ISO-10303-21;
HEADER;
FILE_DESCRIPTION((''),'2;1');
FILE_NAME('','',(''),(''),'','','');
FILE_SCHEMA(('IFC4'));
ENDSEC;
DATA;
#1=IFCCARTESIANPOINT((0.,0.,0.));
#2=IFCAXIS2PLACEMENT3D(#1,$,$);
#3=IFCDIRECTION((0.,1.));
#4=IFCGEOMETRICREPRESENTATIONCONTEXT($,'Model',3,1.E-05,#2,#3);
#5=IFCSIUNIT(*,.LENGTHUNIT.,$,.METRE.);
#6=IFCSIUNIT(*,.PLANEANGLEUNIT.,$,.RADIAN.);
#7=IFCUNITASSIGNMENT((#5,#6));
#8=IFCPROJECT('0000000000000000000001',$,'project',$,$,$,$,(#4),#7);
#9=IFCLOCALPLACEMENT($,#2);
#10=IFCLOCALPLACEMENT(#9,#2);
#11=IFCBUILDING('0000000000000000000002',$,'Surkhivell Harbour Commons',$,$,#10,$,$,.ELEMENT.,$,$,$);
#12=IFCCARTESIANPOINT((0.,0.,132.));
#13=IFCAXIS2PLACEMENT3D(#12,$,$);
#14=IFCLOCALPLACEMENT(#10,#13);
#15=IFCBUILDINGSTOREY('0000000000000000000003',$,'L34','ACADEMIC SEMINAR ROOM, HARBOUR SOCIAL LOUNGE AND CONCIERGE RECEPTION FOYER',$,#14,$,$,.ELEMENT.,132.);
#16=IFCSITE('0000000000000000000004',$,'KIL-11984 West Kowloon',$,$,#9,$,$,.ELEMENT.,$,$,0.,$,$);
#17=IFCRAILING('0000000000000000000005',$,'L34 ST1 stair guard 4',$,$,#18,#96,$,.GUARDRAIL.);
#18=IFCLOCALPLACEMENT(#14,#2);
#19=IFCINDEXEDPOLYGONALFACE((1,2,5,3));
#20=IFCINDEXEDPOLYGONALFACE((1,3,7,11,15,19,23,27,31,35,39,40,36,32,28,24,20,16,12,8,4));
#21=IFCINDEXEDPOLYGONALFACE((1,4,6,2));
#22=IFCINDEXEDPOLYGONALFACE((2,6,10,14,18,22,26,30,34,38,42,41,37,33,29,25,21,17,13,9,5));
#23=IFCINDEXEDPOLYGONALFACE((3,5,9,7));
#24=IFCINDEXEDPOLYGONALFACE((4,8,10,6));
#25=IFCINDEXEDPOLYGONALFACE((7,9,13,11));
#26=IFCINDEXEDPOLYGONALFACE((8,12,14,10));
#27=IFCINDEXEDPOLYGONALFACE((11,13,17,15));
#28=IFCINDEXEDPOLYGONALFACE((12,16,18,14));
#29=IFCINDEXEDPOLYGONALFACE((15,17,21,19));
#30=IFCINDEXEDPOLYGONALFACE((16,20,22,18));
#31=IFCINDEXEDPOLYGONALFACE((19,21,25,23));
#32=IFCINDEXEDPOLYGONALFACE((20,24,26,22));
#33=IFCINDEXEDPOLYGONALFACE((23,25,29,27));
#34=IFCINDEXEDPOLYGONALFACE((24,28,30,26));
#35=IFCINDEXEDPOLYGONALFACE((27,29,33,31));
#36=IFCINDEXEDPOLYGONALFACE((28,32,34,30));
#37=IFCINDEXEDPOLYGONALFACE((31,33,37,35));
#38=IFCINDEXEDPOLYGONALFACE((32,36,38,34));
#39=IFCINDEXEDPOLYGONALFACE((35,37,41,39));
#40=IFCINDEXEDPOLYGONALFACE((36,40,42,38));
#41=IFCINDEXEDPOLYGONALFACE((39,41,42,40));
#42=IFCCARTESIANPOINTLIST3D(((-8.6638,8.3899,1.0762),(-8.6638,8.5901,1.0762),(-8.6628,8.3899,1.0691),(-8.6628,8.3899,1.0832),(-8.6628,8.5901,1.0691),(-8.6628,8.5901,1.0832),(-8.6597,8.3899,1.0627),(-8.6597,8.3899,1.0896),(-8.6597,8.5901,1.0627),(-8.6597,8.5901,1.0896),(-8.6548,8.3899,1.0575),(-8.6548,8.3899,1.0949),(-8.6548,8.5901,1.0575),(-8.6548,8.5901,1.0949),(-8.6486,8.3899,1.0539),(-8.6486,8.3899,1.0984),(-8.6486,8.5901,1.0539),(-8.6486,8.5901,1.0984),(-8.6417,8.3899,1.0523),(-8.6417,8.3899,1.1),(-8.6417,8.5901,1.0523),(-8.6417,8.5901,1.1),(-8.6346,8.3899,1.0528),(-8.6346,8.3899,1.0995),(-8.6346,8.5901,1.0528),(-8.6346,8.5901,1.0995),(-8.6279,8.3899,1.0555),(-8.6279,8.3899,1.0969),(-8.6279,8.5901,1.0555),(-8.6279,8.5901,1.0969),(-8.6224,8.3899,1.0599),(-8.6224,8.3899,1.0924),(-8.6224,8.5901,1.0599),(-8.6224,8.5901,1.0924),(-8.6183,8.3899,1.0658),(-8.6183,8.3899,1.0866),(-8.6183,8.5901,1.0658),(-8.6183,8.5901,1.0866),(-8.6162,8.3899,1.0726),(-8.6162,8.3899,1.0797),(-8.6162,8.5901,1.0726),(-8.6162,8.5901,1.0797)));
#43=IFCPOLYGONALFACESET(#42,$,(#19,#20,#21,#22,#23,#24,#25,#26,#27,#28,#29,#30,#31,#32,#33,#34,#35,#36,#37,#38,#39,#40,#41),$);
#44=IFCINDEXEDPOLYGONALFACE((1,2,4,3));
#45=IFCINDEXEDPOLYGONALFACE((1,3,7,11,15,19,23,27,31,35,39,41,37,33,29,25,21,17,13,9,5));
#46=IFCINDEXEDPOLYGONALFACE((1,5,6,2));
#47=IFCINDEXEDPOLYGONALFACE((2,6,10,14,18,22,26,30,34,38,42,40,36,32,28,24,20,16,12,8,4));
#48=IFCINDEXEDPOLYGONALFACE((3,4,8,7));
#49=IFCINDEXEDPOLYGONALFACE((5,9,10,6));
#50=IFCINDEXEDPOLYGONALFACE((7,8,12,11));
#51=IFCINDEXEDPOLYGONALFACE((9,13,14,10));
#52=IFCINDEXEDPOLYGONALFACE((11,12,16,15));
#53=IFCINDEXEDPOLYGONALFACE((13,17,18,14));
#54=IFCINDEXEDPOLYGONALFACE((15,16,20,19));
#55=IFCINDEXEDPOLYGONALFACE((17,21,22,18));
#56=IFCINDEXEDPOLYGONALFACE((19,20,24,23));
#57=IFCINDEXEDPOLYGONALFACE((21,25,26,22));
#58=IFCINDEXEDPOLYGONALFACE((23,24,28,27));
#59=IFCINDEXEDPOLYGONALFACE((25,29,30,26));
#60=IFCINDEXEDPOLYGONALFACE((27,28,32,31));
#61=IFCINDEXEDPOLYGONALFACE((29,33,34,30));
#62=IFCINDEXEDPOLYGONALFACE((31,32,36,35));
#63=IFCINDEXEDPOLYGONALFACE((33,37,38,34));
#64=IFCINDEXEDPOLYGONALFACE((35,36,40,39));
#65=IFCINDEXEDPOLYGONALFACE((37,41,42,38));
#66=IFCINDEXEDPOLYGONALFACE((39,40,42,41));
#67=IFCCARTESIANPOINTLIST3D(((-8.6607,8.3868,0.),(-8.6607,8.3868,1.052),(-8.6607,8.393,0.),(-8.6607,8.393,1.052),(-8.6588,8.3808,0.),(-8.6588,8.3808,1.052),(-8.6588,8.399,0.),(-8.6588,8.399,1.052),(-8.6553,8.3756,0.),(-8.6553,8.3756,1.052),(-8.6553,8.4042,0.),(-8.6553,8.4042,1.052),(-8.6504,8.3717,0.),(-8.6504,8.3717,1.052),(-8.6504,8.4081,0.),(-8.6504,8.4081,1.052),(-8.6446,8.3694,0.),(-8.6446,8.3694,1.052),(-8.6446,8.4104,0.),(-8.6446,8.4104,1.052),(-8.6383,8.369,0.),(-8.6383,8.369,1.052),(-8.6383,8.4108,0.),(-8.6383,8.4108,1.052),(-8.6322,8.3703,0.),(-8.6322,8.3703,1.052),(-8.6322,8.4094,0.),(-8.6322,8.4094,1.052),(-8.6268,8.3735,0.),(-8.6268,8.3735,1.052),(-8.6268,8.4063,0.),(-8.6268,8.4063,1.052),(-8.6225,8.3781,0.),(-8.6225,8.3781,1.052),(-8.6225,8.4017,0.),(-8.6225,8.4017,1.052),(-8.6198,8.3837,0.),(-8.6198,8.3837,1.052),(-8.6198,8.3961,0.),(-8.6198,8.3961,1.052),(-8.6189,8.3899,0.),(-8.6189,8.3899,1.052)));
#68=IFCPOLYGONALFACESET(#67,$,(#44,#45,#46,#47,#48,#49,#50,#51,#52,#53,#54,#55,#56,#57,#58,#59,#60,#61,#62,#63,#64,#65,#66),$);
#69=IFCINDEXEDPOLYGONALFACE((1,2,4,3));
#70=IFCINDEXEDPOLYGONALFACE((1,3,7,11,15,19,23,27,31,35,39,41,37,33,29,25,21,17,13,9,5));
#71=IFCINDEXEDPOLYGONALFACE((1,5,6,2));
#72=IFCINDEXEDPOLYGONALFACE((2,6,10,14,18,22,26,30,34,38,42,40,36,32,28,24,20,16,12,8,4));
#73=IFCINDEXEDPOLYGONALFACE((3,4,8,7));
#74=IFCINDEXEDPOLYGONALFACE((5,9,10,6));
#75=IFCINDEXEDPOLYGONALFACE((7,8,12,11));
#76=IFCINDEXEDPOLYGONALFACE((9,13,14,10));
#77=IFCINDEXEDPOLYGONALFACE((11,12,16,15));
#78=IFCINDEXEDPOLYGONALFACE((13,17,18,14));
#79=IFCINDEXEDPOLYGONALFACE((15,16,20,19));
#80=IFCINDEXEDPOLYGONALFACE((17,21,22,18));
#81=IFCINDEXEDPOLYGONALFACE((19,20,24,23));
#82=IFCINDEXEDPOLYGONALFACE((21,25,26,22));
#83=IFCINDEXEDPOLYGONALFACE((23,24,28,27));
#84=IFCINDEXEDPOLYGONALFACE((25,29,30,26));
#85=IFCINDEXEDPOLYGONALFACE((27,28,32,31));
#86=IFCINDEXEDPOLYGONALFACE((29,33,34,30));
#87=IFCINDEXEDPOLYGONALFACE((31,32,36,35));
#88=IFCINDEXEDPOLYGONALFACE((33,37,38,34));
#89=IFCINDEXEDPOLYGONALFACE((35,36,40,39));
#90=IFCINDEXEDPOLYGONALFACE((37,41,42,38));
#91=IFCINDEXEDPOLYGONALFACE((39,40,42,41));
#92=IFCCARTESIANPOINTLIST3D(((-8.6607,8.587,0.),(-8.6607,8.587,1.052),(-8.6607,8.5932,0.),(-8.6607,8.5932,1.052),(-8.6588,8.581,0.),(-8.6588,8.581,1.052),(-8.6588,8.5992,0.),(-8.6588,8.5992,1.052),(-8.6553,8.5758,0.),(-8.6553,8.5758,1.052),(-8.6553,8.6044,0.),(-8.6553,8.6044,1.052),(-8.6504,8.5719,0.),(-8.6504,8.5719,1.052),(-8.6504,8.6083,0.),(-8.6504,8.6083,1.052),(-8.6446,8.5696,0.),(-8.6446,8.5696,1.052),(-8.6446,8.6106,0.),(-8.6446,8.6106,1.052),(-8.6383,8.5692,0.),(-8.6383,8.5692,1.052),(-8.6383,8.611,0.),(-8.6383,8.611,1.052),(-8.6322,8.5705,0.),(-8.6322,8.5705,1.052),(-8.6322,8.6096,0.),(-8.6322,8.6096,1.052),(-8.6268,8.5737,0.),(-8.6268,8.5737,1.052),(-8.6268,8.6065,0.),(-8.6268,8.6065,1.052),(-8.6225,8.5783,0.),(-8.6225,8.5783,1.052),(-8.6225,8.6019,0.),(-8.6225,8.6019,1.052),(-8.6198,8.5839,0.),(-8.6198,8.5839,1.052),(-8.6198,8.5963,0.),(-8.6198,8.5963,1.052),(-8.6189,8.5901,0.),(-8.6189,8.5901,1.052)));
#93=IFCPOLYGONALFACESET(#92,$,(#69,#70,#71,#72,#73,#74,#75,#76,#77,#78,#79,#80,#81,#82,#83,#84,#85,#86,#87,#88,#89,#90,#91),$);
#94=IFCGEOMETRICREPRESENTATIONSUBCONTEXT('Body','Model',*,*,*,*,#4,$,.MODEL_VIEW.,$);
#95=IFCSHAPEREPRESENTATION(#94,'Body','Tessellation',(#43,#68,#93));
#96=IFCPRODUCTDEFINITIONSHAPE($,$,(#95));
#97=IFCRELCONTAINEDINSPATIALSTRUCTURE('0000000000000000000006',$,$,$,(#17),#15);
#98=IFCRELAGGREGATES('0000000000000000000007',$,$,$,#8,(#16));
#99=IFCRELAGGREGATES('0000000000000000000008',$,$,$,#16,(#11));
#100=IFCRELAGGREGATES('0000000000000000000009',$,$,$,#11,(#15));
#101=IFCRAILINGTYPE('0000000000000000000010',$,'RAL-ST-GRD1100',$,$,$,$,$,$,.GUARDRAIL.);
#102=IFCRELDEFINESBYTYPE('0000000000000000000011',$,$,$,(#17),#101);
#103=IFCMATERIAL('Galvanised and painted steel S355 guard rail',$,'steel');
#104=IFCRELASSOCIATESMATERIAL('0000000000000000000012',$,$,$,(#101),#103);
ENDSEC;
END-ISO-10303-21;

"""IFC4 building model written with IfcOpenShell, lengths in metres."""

from ifc_helpers import new_model, si_unit, direction, frame, origin, origin_2d, place, context, subcontext, project, spatial, circle, extrude, material, type_object, element, save


model = new_model("IFC4")

# Units and contexts
model_context = context("Model", 3, precision=1e-05, world=origin(), true_north=direction((0.0, 1.0)))
body_context = subcontext(model_context, "Body", "Model", "MODEL_VIEW")
ifc_project = project(units=[si_unit("LENGTHUNIT", "METRE"), si_unit("PLANEANGLEUNIT", "RADIAN")], contexts=[model_context])

# Site, building, storey
site_placement = place(None, origin())
site = spatial("IfcSite", under=ifc_project, at=site_placement, Name="KIL-11984 West Kowloon", CompositionType="ELEMENT", RefElevation=0.0)
building_placement = place(site_placement, origin())
building = spatial("IfcBuilding", under=site, at=building_placement, Name="Surkhivell Harbour Commons", CompositionType="ELEMENT")
storey_placement = place(building_placement, frame((0.0, 0.0, 132.0)))
storey = spatial("IfcBuildingStorey", under=building, at=storey_placement, Name="L34", Description="ACADEMIC SEMINAR ROOM, HARBOUR SOCIAL LOUNGE AND CONCIERGE RECEPTION FOYER", CompositionType="ELEMENT", Elevation=132.0)

# Railing
ifc_material_1 = material(Name="Galvanised and painted steel S355 guard rail", Category="steel")
railing_type_1 = type_object("IfcRailingType", Name="RAL-ST-GRD1100", PredefinedType="GUARDRAIL", material=ifc_material_1)
railing_1_placement = place(storey_placement, frame((-8.6399, 8.3899, 0.0)))
element("IfcRailing", 1, at=railing_1_placement, inside=storey, type_object=railing_type_1, Name="L34 ST1 stair guard 4", PredefinedType="GUARDRAIL", context=body_context, shape_type="SweptSolid", body=[
    extrude(circle(Radius=0.0239, at=origin_2d()), frame((0.0, 0.0, 1.0762), z_axis=(0.0, 1.0, 0.0), x_axis=(-1.0, 0.0, 0.0)), (0.0, 0.0, 1.0), 0.2002),
    extrude(circle(Radius=0.021, at=origin_2d()), origin(), (0.0, 0.0, 1.0), 1.052),
    extrude(circle(Radius=0.021, at=origin_2d()), frame((0.0, 0.2002, 0.0)), (0.0, 0.0, 1.0), 1.052),
])

save(model, "model.ifc")
